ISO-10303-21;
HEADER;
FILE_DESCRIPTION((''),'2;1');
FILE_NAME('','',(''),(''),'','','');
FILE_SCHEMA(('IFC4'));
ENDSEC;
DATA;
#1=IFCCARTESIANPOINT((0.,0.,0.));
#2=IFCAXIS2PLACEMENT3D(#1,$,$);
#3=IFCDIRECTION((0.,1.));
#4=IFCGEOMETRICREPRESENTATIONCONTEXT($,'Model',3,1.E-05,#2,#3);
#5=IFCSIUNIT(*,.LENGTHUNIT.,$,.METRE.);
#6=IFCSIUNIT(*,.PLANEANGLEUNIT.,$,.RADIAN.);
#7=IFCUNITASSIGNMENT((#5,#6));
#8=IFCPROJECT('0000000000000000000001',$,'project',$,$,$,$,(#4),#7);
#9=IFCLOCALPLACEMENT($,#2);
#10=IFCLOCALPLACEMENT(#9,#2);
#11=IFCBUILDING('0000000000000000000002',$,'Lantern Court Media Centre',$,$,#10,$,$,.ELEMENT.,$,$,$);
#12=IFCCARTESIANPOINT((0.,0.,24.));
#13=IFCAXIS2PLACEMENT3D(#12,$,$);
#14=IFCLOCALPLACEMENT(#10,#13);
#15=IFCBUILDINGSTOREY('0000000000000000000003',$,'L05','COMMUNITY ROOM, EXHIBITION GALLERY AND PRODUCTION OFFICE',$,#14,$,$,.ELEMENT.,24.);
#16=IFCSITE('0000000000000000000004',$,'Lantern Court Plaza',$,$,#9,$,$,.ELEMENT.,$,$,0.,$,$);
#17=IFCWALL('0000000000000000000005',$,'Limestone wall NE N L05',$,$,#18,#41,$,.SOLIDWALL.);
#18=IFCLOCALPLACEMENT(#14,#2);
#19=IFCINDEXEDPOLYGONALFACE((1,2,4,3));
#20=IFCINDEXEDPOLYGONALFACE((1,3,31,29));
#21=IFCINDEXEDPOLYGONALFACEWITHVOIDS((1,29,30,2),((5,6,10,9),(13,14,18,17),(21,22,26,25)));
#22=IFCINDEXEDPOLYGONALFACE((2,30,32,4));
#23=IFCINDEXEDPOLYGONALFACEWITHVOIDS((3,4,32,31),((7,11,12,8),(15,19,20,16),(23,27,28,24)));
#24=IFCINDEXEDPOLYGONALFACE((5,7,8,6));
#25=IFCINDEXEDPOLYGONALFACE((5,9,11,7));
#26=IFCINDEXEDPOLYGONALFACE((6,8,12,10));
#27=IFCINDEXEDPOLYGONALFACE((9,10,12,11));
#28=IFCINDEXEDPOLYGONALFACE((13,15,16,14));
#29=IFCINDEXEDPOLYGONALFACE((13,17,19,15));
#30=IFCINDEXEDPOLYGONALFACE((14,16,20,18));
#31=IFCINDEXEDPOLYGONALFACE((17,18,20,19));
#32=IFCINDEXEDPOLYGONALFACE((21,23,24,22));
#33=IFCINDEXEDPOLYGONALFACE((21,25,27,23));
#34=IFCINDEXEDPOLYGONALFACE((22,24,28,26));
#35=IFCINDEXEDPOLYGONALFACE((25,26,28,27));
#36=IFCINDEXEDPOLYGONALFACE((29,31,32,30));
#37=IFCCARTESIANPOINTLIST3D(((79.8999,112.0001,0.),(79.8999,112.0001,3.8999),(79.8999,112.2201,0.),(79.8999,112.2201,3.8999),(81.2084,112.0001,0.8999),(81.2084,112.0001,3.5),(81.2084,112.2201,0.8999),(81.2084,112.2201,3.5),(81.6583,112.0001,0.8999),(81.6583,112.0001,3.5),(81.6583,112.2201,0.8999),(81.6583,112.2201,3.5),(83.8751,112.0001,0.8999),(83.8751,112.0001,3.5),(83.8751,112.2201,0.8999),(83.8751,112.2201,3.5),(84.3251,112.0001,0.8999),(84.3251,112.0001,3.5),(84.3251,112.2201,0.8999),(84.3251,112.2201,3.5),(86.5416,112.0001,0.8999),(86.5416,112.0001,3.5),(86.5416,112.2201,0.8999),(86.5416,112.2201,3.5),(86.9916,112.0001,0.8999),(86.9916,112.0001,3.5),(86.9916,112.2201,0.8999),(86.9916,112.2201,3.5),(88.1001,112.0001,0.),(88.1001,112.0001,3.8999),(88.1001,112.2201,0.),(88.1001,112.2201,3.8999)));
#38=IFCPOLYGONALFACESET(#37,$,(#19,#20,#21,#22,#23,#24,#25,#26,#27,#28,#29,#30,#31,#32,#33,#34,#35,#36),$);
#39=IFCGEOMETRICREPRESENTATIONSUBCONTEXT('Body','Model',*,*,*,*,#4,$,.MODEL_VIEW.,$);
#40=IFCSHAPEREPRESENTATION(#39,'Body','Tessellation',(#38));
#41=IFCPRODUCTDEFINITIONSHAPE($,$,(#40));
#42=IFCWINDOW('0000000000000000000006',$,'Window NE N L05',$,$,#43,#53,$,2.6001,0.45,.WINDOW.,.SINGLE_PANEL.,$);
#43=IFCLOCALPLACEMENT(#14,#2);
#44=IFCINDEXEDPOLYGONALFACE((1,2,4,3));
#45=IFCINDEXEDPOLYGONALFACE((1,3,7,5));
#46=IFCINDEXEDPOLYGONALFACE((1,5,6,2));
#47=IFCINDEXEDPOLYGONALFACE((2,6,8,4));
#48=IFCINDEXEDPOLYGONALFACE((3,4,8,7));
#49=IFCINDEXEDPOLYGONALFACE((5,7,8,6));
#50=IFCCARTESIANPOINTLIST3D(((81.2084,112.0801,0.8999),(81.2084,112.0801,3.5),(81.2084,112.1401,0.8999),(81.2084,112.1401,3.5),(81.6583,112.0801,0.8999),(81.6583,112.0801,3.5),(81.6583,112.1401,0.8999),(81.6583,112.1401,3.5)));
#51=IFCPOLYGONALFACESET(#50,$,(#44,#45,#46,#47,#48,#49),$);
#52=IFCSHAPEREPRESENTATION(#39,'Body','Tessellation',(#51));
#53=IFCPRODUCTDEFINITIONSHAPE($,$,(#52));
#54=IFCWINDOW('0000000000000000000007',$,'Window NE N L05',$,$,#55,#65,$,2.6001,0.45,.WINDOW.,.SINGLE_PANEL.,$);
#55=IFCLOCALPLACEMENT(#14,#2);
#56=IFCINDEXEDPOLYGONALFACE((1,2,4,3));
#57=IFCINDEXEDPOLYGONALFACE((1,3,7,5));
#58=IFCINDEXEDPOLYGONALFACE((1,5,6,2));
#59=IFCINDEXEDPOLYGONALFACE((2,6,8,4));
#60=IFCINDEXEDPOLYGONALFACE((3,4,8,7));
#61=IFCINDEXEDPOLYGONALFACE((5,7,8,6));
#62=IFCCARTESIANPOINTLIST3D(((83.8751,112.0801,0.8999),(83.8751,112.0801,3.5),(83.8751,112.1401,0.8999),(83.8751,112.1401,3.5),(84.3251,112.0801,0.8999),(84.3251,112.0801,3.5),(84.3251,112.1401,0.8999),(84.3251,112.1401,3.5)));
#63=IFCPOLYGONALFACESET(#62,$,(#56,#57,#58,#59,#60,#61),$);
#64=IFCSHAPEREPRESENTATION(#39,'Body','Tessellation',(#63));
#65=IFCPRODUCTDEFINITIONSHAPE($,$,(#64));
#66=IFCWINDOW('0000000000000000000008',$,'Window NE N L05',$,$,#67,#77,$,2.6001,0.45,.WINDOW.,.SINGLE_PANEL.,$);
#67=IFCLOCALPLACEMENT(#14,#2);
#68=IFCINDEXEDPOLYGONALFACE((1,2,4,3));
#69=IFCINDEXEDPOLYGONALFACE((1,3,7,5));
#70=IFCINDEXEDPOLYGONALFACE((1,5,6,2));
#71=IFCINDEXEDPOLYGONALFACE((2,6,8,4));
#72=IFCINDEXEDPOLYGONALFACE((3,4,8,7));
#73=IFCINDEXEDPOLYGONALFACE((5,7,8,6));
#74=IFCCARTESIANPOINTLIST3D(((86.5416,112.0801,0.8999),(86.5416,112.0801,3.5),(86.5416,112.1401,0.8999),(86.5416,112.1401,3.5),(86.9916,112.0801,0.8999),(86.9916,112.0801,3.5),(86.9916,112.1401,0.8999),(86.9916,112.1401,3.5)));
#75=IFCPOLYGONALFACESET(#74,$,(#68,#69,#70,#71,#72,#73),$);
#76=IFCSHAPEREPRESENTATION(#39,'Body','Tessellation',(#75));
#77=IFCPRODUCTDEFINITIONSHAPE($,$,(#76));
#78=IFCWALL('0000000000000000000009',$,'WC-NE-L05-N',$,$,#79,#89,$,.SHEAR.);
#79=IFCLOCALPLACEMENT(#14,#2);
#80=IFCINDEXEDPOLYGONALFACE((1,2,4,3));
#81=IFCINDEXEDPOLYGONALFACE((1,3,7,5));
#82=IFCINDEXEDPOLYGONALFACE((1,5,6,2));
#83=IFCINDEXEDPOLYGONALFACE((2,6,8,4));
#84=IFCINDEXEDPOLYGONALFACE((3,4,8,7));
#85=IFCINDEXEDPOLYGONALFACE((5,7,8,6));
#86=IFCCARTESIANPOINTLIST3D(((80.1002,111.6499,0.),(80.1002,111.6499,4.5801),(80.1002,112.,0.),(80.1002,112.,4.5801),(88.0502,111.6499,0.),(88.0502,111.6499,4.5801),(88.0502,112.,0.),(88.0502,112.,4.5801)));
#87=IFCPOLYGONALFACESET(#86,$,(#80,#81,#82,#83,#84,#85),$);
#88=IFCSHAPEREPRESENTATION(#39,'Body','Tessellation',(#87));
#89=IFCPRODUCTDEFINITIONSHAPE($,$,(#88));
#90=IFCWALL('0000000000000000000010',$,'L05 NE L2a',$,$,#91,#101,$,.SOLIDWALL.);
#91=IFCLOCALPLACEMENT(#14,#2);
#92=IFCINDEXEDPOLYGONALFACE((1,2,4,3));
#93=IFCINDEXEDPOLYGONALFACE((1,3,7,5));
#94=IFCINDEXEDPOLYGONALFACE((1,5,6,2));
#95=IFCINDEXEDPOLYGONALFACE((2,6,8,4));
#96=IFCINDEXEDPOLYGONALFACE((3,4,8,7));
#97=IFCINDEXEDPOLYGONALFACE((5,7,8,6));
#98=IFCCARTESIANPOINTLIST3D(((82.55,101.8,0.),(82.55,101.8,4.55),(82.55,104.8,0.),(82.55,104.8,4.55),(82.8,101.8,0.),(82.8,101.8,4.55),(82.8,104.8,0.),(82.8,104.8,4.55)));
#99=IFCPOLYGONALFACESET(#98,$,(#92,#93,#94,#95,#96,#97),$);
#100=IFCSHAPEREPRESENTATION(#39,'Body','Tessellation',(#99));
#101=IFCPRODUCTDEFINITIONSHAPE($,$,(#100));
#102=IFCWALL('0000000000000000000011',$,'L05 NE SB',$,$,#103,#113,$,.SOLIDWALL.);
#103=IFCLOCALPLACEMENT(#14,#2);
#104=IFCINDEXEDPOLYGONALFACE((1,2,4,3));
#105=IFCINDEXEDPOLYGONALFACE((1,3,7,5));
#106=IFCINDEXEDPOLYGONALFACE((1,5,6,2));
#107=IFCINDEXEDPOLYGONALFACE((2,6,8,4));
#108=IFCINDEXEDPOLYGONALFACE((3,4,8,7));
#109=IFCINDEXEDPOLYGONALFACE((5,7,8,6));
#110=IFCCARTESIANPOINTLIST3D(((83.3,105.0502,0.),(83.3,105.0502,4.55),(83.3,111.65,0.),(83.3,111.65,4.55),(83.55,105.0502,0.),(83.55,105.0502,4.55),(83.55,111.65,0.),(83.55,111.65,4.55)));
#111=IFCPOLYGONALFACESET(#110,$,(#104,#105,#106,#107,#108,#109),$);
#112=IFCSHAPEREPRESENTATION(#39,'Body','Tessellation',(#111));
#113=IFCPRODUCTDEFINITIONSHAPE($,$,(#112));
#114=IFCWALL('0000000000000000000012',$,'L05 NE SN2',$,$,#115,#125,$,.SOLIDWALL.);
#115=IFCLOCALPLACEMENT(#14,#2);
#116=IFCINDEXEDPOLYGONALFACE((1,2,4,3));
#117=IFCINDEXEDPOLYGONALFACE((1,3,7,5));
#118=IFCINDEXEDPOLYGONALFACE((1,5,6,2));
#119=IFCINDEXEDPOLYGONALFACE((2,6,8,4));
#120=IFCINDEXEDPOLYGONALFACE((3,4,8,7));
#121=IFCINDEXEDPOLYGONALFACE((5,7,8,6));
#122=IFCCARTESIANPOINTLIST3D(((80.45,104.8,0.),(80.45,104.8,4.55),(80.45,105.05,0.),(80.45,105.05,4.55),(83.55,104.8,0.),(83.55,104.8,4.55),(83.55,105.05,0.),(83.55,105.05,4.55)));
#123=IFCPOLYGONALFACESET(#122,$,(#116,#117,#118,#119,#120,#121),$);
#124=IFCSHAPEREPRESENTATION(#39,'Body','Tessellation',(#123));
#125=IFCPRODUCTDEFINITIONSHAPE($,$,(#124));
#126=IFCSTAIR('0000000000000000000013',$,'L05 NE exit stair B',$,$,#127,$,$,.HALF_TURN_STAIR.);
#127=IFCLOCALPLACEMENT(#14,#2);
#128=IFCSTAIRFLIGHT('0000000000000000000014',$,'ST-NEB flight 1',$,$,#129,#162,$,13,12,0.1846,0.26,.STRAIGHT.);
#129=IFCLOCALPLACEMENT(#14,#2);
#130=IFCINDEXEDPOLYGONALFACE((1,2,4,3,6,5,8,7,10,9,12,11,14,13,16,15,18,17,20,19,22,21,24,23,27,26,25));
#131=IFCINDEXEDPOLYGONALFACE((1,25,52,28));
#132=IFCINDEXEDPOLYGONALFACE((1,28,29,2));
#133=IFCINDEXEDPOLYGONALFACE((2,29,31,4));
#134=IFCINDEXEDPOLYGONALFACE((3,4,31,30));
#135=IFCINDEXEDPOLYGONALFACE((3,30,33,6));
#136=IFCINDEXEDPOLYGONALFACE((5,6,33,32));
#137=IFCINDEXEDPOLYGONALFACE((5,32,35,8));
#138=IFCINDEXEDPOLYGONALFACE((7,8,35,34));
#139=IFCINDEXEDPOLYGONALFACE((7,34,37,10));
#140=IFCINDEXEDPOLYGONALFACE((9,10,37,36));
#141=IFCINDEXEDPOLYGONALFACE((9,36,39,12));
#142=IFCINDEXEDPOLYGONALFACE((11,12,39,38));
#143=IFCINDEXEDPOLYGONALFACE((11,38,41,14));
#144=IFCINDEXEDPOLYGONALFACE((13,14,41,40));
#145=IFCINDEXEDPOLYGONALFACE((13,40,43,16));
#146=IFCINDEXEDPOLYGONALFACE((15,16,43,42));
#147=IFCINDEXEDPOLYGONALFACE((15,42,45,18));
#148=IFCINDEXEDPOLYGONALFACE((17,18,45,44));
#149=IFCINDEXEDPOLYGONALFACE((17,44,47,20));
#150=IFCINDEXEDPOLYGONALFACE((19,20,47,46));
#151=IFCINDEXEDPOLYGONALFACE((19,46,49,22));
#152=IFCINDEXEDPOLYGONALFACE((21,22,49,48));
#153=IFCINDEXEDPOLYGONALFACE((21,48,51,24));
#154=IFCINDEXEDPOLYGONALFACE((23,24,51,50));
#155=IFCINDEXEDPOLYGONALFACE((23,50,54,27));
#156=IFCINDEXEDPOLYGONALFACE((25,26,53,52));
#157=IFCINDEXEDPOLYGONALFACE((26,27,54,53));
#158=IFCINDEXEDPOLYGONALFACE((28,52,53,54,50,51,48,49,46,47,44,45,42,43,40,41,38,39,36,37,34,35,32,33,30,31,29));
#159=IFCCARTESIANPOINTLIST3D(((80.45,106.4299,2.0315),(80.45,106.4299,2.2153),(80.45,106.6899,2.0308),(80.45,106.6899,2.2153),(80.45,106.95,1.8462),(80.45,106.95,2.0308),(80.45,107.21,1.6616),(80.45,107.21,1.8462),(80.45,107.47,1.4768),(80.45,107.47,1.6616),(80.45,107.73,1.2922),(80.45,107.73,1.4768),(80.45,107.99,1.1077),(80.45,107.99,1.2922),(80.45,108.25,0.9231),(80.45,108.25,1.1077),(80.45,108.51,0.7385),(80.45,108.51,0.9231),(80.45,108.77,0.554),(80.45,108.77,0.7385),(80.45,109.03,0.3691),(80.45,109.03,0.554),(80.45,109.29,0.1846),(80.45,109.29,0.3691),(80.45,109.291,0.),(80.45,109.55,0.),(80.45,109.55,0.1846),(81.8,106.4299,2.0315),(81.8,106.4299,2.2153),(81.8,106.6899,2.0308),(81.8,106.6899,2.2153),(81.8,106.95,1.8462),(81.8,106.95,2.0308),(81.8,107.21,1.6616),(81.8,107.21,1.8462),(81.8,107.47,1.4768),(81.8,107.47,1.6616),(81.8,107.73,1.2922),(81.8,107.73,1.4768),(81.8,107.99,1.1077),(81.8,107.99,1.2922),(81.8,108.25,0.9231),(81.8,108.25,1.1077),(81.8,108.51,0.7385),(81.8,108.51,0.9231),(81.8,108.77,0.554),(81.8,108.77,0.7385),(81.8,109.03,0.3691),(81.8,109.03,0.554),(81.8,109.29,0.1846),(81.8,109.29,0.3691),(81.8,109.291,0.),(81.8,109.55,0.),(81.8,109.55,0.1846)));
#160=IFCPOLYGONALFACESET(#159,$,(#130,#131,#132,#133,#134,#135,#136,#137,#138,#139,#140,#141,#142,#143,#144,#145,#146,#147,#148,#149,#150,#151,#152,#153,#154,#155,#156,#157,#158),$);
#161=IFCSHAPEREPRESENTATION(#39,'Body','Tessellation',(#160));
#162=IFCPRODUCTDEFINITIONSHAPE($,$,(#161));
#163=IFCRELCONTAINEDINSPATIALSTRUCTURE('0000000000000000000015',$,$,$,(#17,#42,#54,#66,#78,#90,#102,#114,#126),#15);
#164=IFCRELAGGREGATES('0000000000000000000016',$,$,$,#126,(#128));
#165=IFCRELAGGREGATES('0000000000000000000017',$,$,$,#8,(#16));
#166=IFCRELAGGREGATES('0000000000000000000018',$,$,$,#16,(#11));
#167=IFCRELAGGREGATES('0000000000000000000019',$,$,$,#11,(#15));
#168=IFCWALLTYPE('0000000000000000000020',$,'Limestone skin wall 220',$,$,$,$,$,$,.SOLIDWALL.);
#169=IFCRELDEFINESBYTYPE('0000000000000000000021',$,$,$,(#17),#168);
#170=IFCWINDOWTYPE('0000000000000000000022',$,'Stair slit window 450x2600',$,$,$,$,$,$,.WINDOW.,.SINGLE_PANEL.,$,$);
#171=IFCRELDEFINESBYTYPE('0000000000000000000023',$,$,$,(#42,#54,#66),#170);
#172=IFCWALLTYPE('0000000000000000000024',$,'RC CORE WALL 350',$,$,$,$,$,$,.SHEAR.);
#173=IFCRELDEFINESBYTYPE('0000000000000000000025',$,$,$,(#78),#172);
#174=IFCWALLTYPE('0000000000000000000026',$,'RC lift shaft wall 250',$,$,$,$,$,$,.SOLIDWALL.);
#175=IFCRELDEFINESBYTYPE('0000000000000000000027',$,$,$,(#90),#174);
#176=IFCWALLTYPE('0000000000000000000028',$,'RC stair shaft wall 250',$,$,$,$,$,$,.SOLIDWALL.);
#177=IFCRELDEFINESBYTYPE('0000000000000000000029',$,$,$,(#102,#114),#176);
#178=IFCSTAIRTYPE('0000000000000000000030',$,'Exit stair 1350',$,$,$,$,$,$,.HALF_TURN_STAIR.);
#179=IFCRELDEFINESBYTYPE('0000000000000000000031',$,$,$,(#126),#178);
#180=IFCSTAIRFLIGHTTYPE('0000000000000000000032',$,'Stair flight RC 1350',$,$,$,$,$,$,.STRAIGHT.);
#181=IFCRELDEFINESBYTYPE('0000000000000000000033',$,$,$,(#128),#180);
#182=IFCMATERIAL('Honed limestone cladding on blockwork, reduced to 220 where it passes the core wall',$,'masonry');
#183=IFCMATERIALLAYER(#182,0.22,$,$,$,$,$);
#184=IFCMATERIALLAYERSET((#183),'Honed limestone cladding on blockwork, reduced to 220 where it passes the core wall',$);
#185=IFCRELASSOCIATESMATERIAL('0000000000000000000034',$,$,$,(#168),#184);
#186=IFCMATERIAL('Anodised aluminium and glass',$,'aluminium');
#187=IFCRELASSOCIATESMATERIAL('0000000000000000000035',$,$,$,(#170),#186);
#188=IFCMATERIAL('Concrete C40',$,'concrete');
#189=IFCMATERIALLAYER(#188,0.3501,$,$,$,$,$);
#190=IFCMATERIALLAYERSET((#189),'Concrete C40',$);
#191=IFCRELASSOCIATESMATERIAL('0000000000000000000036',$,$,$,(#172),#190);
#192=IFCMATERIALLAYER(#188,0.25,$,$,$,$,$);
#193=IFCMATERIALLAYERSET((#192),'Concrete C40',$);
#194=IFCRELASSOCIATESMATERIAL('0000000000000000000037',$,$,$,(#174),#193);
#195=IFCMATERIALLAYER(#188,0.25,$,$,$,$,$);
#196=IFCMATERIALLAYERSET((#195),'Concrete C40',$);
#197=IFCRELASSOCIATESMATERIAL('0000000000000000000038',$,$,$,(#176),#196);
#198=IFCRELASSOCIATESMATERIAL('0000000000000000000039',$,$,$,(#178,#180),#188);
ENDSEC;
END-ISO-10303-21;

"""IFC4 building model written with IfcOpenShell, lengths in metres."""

from ifc_helpers import new_model, si_unit, direction, frame, frame_2d, origin, place, context, subcontext, project, spatial, polyline, rectangle, outline, extrude, material, layer, layer_set, type_object, element, fill, aggregate, save


model = new_model("IFC4")

# Units and contexts
model_context = context("Model", 3, precision=1e-05, world=origin(), true_north=direction((0.0, 1.0)))
body_context = subcontext(model_context, "Body", "Model", "MODEL_VIEW")
ifc_project = project(units=[si_unit("LENGTHUNIT", "METRE"), si_unit("PLANEANGLEUNIT", "RADIAN")], contexts=[model_context])

# Site, building, storey
site_placement = place(None, origin())
site = spatial("IfcSite", under=ifc_project, at=site_placement, Name="Lantern Court Plaza", CompositionType="ELEMENT", RefElevation=0.0)
building_placement = place(site_placement, origin())
building = spatial("IfcBuilding", under=site, at=building_placement, Name="Lantern Court Media Centre", CompositionType="ELEMENT")
storey_placement = place(building_placement, frame((0.0, 0.0, 24.0)))
storey = spatial("IfcBuildingStorey", under=building, at=storey_placement, Name="L05", Description="COMMUNITY ROOM, EXHIBITION GALLERY AND PRODUCTION OFFICE", CompositionType="ELEMENT", Elevation=24.0)

# Wall, openings, windows
ifc_material_1 = material(Name="Honed limestone cladding on blockwork, reduced to 220 where it passes the core wall", Category="masonry")
ifc_layer_1 = layer(ifc_material_1, 0.22)
ifc_layer_set_1 = layer_set([ifc_layer_1], Name="Honed limestone cladding on blockwork, reduced to 220 where it passes the core wall")
wall_type_1 = type_object("IfcWallType", Name="Limestone skin wall 220", PredefinedType="SOLIDWALL", material=ifc_layer_set_1)
wall_1_placement = place(storey_placement, frame((79.8999, 112.1101, 0.0), z_axis=(0.0, 0.0, 1.0), x_axis=(1.0, 0.0, 0.0)))
wall_1 = element("IfcWall", 1, at=wall_1_placement, inside=storey, type_object=wall_type_1, Name="Limestone wall NE N L05", PredefinedType="SOLIDWALL", context=body_context, shape_type="SweptSolid", body=[
    extrude(rectangle(XDim=8.2002, YDim=0.22, at=frame_2d((4.1001, 0.0))), origin(), (0.0, 0.0, 1.0), 3.8999),
])
opening_1_placement = place(wall_1_placement, frame((1.3083, 0.0, 0.8999)))
opening_1 = element("IfcOpeningElement", 2, at=opening_1_placement, cuts=wall_1, PredefinedType="OPENING", context=body_context, shape_type="SweptSolid", body=[
    extrude(rectangle(XDim=0.45, YDim=2.6001, at=frame_2d((0.2251, 1.3))), frame((0.0, 0.1199, 0.0), z_axis=(0.0, -1.0, 0.0), x_axis=(1.0, 0.0, 0.0)), (0.0, 0.0, 1.0), 0.24),
])
opening_2_placement = place(wall_1_placement, frame((3.9751, 0.0, 0.8999)))
opening_2 = element("IfcOpeningElement", 3, at=opening_2_placement, cuts=wall_1, PredefinedType="OPENING", context=body_context, shape_type="SweptSolid", body=[
    extrude(rectangle(XDim=0.45, YDim=2.6001, at=frame_2d((0.2251, 1.3))), frame((0.0, 0.1199, 0.0), z_axis=(0.0, -1.0, 0.0), x_axis=(1.0, 0.0, 0.0)), (0.0, 0.0, 1.0), 0.24),
])
opening_3_placement = place(wall_1_placement, frame((6.6416, 0.0, 0.8999)))
opening_3 = element("IfcOpeningElement", 4, at=opening_3_placement, cuts=wall_1, PredefinedType="OPENING", context=body_context, shape_type="SweptSolid", body=[
    extrude(rectangle(XDim=0.45, YDim=2.6001, at=frame_2d((0.2251, 1.3))), frame((0.0, 0.1199, 0.0), z_axis=(0.0, -1.0, 0.0), x_axis=(1.0, 0.0, 0.0)), (0.0, 0.0, 1.0), 0.24),
])
ifc_material_2 = material(Name="Anodised aluminium and glass", Category="aluminium")
window_type = type_object("IfcWindowType", Name="Stair slit window 450x2600", PartitioningType="SINGLE_PANEL", PredefinedType="WINDOW", material=ifc_material_2)
window_1_placement = place(opening_1_placement, origin())
window_1 = element("IfcWindow", 5, at=window_1_placement, inside=storey, type_object=window_type, Name="Window NE N L05", OverallHeight=2.6001, OverallWidth=0.45, PartitioningType="SINGLE_PANEL", PredefinedType="WINDOW", context=body_context, shape_type="SweptSolid", body=[
    extrude(rectangle(XDim=0.45, YDim=2.6001, at=frame_2d((0.2251, 1.3))), frame((0.0, 0.03, 0.0), z_axis=(0.0, -1.0, 0.0), x_axis=(1.0, 0.0, 0.0)), (0.0, 0.0, 1.0), 0.0601),
])
fill(opening_1, window_1)
window_2_placement = place(opening_2_placement, origin())
window_2 = element("IfcWindow", 6, at=window_2_placement, inside=storey, type_object=window_type, Name="Window NE N L05", OverallHeight=2.6001, OverallWidth=0.45, PartitioningType="SINGLE_PANEL", PredefinedType="WINDOW", context=body_context, shape_type="SweptSolid", body=[
    extrude(rectangle(XDim=0.45, YDim=2.6001, at=frame_2d((0.2251, 1.3))), frame((0.0, 0.03, 0.0), z_axis=(0.0, -1.0, 0.0), x_axis=(1.0, 0.0, 0.0)), (0.0, 0.0, 1.0), 0.0601),
])
fill(opening_2, window_2)
window_3_placement = place(opening_3_placement, origin())
window_3 = element("IfcWindow", 7, at=window_3_placement, inside=storey, type_object=window_type, Name="Window NE N L05", OverallHeight=2.6001, OverallWidth=0.45, PartitioningType="SINGLE_PANEL", PredefinedType="WINDOW", context=body_context, shape_type="SweptSolid", body=[
    extrude(rectangle(XDim=0.45, YDim=2.6001, at=frame_2d((0.2251, 1.3))), frame((0.0, 0.03, 0.0), z_axis=(0.0, -1.0, 0.0), x_axis=(1.0, 0.0, 0.0)), (0.0, 0.0, 1.0), 0.0601),
])
fill(opening_3, window_3)

# Walls
ifc_material_3 = material(Name="Concrete C40", Category="concrete")
ifc_layer_2 = layer(ifc_material_3, 0.3501)
ifc_layer_set_2 = layer_set([ifc_layer_2], Name="Concrete C40")
wall_type_2 = type_object("IfcWallType", Name="RC CORE WALL 350", PredefinedType="SHEAR", material=ifc_layer_set_2)
wall_2_placement = place(storey_placement, frame((80.1001, 111.825, 0.0), z_axis=(0.0, 0.0, 1.0), x_axis=(1.0, 0.0, 0.0)))
element("IfcWall", 8, at=wall_2_placement, inside=storey, type_object=wall_type_2, Name="WC-NE-L05-N", PredefinedType="SHEAR", context=body_context, shape_type="SweptSolid", body=[
    extrude(rectangle(XDim=7.95, YDim=0.3501, at=frame_2d((3.9751, 0.0))), origin(), (0.0, 0.0, 1.0), 4.5801),
])
ifc_layer_3 = layer(ifc_material_3, 0.25)
ifc_layer_set_3 = layer_set([ifc_layer_3], Name="Concrete C40")
wall_type_3 = type_object("IfcWallType", Name="RC lift shaft wall 250", PredefinedType="SOLIDWALL", material=ifc_layer_set_3)
wall_3_placement = place(storey_placement, frame((82.675, 104.8, 0.0), z_axis=(0.0, 0.0, 1.0), x_axis=(0.0, -1.0, 0.0)))
element("IfcWall", 9, at=wall_3_placement, inside=storey, type_object=wall_type_3, Name="L05 NE L2a", PredefinedType="SOLIDWALL", context=body_context, shape_type="SweptSolid", body=[
    extrude(rectangle(XDim=3.0, YDim=0.25, at=frame_2d((1.5, 0.0))), origin(), (0.0, 0.0, 1.0), 4.55),
])
ifc_layer_4 = layer(ifc_material_3, 0.25)
ifc_layer_set_4 = layer_set([ifc_layer_4], Name="Concrete C40")
wall_type_4 = type_object("IfcWallType", Name="RC stair shaft wall 250", PredefinedType="SOLIDWALL", material=ifc_layer_set_4)
wall_4_placement = place(storey_placement, frame((83.425, 111.6499, 0.0), z_axis=(0.0, 0.0, 1.0), x_axis=(0.0, -1.0, 0.0)))
element("IfcWall", 10, at=wall_4_placement, inside=storey, type_object=wall_type_4, Name="L05 NE SB", PredefinedType="SOLIDWALL", context=body_context, shape_type="SweptSolid", body=[
    extrude(rectangle(XDim=6.5999, YDim=0.25, at=frame_2d((3.2998, 0.0))), origin(), (0.0, 0.0, 1.0), 4.55),
])
wall_5_placement = place(storey_placement, frame((83.55, 104.925, 0.0), z_axis=(0.0, 0.0, 1.0), x_axis=(-1.0, 0.0, 0.0)))
element("IfcWall", 11, at=wall_5_placement, inside=storey, type_object=wall_type_4, Name="L05 NE SN2", PredefinedType="SOLIDWALL", context=body_context, shape_type="SweptSolid", body=[
    extrude(rectangle(XDim=3.1001, YDim=0.25, at=frame_2d((1.55, 0.0))), origin(), (0.0, 0.0, 1.0), 4.55),
])

# Stair, stair flight
stair_type = type_object("IfcStairType", Name="Exit stair 1350", PredefinedType="HALF_TURN_STAIR", material=ifc_material_3)
stair_placement = place(storey_placement, origin())
stair = element("IfcStair", 12, at=stair_placement, inside=storey, type_object=stair_type, Name="L05 NE exit stair B", PredefinedType="HALF_TURN_STAIR")
stair_flight_type = type_object("IfcStairFlightType", Name="Stair flight RC 1350", PredefinedType="STRAIGHT", material=ifc_material_3)
stair_flight_1_placement = place(storey_placement, frame((81.125, 109.55, 0.0), z_axis=(0.0, 0.0, 1.0), x_axis=(0.0, -1.0, 0.0)))
stair_flight_1 = element("IfcStairFlight", 13, at=stair_flight_1_placement, type_object=stair_flight_type, Name="ST-NEB flight 1", NumberOfRisers=13, NumberOfTreads=12, PredefinedType="STRAIGHT", RiserHeight=0.1846, TreadLength=0.26, context=body_context, shape_type="SweptSolid", body=[
    extrude(outline(polyline([(0.0, 0.0), (0.0, 0.1846), (0.26, 0.1846), (0.26, 0.3691), (0.52, 0.3691), (0.52, 0.554), (0.78, 0.554), (0.78, 0.7385), (1.04, 0.7385), (1.04, 0.9231), (1.3, 0.9231), (1.3, 1.1077), (1.5601, 1.1077), (1.5601, 1.2922), (1.8201, 1.2922), (1.8201, 1.4768), (2.0801, 1.4768), (2.0801, 1.6616), (2.3401, 1.6616), (2.3401, 1.8462), (2.6001, 1.8462), (2.6001, 2.0308), (2.8601, 2.0308), (2.8601, 2.2153), (3.1201, 2.2153), (3.1201, 2.3999), (3.1201, 2.0315), (0.259, 0.0), (0.0, 0.0)])), frame((0.0, 0.675, 0.0), z_axis=(0.0, -1.0, 0.0), x_axis=(1.0, 0.0, 0.0)), (0.0, 0.0, 1.0), 1.3501),
])
aggregate(stair, [stair_flight_1])

save(model, "model.ifc")
